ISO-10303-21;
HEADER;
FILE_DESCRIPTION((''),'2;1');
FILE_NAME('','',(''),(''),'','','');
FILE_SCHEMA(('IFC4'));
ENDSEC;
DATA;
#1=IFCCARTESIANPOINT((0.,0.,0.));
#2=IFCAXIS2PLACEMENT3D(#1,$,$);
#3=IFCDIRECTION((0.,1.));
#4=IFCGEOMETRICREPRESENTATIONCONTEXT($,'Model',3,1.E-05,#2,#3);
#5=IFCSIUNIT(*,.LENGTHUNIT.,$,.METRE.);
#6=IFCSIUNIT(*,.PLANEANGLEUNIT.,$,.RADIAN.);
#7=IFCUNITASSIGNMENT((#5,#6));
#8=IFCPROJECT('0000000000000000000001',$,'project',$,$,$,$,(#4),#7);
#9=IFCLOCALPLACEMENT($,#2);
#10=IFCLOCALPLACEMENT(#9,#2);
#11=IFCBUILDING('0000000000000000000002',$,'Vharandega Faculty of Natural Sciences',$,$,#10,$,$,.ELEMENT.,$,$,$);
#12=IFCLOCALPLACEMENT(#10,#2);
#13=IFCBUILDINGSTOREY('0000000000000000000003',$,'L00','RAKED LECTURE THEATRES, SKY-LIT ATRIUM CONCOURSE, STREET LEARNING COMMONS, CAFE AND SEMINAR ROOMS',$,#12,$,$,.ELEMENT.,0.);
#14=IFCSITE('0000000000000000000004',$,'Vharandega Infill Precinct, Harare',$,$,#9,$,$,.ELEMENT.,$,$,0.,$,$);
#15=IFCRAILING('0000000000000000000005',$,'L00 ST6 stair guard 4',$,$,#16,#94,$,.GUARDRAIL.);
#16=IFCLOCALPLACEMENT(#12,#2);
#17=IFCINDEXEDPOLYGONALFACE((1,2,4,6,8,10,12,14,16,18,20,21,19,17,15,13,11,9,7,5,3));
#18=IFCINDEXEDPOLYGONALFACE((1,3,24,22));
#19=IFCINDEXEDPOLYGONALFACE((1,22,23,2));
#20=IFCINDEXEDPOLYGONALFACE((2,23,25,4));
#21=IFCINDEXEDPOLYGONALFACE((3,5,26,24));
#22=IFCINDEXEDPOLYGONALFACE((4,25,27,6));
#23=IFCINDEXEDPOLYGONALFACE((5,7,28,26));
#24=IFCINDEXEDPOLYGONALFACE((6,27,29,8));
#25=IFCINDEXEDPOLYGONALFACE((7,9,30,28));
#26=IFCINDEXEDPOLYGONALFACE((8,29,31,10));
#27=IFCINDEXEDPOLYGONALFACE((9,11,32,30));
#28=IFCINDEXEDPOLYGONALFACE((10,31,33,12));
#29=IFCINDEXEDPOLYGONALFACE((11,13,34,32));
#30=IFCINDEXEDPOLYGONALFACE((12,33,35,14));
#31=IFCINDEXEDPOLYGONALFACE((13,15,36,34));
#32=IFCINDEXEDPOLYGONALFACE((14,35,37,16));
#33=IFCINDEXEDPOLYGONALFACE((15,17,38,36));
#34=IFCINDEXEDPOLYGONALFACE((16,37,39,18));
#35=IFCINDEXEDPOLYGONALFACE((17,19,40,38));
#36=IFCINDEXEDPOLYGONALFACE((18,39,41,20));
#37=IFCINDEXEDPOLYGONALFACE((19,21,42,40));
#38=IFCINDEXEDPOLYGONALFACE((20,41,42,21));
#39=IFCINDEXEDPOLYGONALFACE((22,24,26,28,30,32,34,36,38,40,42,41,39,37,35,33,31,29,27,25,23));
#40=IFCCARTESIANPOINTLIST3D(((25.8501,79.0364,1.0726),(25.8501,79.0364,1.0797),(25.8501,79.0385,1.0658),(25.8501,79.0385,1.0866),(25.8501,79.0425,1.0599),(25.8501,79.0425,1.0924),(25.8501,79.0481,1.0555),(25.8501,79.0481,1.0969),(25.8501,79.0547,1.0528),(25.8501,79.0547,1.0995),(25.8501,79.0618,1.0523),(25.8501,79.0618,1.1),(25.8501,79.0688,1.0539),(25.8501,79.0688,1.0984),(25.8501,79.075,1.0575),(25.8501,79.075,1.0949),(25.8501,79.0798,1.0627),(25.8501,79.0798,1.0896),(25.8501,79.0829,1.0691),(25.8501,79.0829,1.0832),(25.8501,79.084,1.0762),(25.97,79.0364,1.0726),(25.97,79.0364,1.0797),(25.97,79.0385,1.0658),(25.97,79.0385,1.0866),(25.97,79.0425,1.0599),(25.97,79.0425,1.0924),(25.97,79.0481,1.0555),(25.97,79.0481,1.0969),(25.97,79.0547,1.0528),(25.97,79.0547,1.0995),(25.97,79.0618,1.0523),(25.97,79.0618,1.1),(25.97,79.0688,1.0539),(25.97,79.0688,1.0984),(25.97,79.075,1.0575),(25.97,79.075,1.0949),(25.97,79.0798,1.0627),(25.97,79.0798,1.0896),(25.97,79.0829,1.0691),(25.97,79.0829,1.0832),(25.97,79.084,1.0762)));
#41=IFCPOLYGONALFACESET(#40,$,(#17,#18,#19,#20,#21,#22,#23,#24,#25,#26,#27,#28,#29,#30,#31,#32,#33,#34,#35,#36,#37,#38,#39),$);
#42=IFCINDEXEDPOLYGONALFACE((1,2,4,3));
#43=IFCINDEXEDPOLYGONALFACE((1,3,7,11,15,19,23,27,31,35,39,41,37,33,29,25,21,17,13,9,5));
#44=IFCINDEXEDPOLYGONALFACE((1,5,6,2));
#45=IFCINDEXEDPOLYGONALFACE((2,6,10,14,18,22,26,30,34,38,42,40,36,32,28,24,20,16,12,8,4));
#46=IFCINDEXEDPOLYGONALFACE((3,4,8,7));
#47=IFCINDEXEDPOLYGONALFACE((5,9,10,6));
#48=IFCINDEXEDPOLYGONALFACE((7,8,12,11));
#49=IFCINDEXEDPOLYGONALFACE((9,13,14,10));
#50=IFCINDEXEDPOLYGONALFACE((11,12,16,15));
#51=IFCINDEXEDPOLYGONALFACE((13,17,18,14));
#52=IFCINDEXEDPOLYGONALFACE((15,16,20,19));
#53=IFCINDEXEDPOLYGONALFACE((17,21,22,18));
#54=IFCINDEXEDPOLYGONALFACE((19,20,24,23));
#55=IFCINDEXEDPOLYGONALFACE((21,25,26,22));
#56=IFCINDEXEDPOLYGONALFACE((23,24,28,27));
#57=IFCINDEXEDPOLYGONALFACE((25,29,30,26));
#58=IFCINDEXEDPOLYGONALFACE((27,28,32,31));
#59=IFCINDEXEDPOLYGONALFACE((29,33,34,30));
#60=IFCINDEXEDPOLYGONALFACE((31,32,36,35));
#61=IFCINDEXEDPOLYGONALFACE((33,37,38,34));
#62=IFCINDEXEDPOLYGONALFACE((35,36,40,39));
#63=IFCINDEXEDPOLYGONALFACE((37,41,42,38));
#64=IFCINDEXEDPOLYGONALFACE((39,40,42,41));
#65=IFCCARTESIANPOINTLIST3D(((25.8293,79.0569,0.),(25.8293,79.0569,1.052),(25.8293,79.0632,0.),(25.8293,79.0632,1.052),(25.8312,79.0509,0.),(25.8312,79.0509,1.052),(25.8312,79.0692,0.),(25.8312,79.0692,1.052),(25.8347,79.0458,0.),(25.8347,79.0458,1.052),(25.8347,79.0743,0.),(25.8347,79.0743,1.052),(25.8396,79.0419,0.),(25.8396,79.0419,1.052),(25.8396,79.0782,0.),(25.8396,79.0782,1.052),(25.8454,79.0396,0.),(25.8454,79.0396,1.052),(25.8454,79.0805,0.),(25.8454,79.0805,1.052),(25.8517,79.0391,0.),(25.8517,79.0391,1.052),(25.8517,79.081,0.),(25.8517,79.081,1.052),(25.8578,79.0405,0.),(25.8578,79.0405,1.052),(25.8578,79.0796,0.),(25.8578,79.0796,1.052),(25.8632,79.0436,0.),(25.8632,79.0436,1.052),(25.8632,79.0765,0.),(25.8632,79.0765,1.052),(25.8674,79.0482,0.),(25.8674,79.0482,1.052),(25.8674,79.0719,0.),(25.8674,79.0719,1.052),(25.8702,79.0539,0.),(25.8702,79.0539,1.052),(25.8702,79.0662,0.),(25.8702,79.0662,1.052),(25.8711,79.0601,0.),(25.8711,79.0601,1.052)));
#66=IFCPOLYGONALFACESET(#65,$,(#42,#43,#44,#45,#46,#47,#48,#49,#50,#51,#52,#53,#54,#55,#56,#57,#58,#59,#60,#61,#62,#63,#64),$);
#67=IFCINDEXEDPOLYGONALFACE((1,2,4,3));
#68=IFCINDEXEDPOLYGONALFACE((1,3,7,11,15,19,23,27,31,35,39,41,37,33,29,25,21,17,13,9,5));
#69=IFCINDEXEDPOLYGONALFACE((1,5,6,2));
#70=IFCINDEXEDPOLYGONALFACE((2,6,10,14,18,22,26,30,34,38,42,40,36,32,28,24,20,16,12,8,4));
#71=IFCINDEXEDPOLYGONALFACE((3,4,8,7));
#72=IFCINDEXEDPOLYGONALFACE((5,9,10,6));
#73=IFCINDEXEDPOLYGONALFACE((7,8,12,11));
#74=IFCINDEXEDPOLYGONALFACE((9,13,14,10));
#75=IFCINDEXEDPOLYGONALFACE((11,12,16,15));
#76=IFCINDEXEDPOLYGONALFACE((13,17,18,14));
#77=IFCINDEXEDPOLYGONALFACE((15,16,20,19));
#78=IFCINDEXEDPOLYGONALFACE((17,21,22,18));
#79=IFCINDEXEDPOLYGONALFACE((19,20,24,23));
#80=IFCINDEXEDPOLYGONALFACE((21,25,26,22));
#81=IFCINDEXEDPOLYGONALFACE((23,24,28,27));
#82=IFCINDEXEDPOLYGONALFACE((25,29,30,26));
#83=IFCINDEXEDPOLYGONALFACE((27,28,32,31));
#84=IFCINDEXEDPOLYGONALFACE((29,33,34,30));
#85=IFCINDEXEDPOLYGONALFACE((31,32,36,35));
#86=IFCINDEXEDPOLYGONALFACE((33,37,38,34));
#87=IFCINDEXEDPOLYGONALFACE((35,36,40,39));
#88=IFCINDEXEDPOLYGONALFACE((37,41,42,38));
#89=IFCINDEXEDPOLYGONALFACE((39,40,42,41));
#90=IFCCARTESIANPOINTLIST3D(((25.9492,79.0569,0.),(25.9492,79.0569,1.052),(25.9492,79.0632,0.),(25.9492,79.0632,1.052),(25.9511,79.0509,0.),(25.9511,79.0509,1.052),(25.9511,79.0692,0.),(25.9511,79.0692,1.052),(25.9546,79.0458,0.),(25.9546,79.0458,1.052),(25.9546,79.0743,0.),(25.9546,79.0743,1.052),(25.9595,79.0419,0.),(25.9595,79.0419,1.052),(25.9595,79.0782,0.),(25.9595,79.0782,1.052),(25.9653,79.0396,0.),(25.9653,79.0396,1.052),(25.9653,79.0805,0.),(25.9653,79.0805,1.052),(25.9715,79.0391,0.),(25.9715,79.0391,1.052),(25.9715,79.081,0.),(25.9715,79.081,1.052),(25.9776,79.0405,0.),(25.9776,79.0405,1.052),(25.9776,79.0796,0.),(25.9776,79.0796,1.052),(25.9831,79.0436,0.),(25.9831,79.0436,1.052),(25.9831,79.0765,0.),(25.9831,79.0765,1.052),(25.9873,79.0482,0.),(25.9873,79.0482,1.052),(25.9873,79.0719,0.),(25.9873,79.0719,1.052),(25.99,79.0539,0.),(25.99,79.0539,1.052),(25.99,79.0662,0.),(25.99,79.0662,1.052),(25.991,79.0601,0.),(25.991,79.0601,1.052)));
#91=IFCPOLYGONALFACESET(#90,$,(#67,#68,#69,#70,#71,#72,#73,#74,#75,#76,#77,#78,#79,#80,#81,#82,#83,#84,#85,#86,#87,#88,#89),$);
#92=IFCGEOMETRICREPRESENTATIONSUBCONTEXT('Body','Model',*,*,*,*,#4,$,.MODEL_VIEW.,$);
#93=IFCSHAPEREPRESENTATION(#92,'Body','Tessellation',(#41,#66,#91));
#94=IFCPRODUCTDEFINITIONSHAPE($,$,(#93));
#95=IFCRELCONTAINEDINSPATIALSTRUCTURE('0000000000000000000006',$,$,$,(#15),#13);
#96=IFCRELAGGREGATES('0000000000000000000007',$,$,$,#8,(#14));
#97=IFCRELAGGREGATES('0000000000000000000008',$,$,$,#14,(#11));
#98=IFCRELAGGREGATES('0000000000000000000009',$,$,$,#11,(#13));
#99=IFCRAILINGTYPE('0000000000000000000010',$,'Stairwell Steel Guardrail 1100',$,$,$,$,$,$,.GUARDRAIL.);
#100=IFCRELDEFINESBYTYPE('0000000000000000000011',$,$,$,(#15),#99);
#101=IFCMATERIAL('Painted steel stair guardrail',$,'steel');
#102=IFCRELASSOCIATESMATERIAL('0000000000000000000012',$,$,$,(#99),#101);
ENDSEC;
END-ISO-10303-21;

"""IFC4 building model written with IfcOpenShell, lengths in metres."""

from ifc_helpers import new_model, si_unit, direction, frame, origin, origin_2d, place, context, subcontext, project, spatial, circle, extrude, material, type_object, element, save


model = new_model("IFC4")

# Units and contexts
model_context = context("Model", 3, precision=1e-05, world=origin(), true_north=direction((0.0, 1.0)))
body_context = subcontext(model_context, "Body", "Model", "MODEL_VIEW")
ifc_project = project(units=[si_unit("LENGTHUNIT", "METRE"), si_unit("PLANEANGLEUNIT", "RADIAN")], contexts=[model_context])

# Site, building, storey
site_placement = place(None, origin())
site = spatial("IfcSite", under=ifc_project, at=site_placement, Name="Vharandega Infill Precinct, Harare", CompositionType="ELEMENT", RefElevation=0.0)
building_placement = place(site_placement, origin())
building = spatial("IfcBuilding", under=site, at=building_placement, Name="Vharandega Faculty of Natural Sciences", CompositionType="ELEMENT")
storey_placement = place(building_placement, origin())
storey = spatial("IfcBuildingStorey", under=building, at=storey_placement, Name="L00", Description="RAKED LECTURE THEATRES, SKY-LIT ATRIUM CONCOURSE, STREET LEARNING COMMONS, CAFE AND SEMINAR ROOMS", CompositionType="ELEMENT", Elevation=0.0)

# Railing
ifc_material_1 = material(Name="Painted steel stair guardrail", Category="steel")
railing_type_1 = type_object("IfcRailingType", Name="Stairwell Steel Guardrail 1100", PredefinedType="GUARDRAIL", material=ifc_material_1)
railing_1_placement = place(storey_placement, frame((25.8501, 79.0601, 0.0)))
element("IfcRailing", 1, at=railing_1_placement, inside=storey, type_object=railing_type_1, Name="L00 ST6 stair guard 4", PredefinedType="GUARDRAIL", context=body_context, shape_type="SweptSolid", body=[
    extrude(circle(Radius=0.0239, at=origin_2d()), frame((0.0, 0.0, 1.0762), z_axis=(1.0, 0.0, 0.0), x_axis=(0.0, 1.0, 0.0)), (0.0, 0.0, 1.0), 0.1199),
    extrude(circle(Radius=0.021, at=origin_2d()), origin(), (0.0, 0.0, 1.0), 1.052),
    extrude(circle(Radius=0.021, at=origin_2d()), frame((0.1199, 0.0, 0.0)), (0.0, 0.0, 1.0), 1.052),
])

save(model, "model.ifc")
